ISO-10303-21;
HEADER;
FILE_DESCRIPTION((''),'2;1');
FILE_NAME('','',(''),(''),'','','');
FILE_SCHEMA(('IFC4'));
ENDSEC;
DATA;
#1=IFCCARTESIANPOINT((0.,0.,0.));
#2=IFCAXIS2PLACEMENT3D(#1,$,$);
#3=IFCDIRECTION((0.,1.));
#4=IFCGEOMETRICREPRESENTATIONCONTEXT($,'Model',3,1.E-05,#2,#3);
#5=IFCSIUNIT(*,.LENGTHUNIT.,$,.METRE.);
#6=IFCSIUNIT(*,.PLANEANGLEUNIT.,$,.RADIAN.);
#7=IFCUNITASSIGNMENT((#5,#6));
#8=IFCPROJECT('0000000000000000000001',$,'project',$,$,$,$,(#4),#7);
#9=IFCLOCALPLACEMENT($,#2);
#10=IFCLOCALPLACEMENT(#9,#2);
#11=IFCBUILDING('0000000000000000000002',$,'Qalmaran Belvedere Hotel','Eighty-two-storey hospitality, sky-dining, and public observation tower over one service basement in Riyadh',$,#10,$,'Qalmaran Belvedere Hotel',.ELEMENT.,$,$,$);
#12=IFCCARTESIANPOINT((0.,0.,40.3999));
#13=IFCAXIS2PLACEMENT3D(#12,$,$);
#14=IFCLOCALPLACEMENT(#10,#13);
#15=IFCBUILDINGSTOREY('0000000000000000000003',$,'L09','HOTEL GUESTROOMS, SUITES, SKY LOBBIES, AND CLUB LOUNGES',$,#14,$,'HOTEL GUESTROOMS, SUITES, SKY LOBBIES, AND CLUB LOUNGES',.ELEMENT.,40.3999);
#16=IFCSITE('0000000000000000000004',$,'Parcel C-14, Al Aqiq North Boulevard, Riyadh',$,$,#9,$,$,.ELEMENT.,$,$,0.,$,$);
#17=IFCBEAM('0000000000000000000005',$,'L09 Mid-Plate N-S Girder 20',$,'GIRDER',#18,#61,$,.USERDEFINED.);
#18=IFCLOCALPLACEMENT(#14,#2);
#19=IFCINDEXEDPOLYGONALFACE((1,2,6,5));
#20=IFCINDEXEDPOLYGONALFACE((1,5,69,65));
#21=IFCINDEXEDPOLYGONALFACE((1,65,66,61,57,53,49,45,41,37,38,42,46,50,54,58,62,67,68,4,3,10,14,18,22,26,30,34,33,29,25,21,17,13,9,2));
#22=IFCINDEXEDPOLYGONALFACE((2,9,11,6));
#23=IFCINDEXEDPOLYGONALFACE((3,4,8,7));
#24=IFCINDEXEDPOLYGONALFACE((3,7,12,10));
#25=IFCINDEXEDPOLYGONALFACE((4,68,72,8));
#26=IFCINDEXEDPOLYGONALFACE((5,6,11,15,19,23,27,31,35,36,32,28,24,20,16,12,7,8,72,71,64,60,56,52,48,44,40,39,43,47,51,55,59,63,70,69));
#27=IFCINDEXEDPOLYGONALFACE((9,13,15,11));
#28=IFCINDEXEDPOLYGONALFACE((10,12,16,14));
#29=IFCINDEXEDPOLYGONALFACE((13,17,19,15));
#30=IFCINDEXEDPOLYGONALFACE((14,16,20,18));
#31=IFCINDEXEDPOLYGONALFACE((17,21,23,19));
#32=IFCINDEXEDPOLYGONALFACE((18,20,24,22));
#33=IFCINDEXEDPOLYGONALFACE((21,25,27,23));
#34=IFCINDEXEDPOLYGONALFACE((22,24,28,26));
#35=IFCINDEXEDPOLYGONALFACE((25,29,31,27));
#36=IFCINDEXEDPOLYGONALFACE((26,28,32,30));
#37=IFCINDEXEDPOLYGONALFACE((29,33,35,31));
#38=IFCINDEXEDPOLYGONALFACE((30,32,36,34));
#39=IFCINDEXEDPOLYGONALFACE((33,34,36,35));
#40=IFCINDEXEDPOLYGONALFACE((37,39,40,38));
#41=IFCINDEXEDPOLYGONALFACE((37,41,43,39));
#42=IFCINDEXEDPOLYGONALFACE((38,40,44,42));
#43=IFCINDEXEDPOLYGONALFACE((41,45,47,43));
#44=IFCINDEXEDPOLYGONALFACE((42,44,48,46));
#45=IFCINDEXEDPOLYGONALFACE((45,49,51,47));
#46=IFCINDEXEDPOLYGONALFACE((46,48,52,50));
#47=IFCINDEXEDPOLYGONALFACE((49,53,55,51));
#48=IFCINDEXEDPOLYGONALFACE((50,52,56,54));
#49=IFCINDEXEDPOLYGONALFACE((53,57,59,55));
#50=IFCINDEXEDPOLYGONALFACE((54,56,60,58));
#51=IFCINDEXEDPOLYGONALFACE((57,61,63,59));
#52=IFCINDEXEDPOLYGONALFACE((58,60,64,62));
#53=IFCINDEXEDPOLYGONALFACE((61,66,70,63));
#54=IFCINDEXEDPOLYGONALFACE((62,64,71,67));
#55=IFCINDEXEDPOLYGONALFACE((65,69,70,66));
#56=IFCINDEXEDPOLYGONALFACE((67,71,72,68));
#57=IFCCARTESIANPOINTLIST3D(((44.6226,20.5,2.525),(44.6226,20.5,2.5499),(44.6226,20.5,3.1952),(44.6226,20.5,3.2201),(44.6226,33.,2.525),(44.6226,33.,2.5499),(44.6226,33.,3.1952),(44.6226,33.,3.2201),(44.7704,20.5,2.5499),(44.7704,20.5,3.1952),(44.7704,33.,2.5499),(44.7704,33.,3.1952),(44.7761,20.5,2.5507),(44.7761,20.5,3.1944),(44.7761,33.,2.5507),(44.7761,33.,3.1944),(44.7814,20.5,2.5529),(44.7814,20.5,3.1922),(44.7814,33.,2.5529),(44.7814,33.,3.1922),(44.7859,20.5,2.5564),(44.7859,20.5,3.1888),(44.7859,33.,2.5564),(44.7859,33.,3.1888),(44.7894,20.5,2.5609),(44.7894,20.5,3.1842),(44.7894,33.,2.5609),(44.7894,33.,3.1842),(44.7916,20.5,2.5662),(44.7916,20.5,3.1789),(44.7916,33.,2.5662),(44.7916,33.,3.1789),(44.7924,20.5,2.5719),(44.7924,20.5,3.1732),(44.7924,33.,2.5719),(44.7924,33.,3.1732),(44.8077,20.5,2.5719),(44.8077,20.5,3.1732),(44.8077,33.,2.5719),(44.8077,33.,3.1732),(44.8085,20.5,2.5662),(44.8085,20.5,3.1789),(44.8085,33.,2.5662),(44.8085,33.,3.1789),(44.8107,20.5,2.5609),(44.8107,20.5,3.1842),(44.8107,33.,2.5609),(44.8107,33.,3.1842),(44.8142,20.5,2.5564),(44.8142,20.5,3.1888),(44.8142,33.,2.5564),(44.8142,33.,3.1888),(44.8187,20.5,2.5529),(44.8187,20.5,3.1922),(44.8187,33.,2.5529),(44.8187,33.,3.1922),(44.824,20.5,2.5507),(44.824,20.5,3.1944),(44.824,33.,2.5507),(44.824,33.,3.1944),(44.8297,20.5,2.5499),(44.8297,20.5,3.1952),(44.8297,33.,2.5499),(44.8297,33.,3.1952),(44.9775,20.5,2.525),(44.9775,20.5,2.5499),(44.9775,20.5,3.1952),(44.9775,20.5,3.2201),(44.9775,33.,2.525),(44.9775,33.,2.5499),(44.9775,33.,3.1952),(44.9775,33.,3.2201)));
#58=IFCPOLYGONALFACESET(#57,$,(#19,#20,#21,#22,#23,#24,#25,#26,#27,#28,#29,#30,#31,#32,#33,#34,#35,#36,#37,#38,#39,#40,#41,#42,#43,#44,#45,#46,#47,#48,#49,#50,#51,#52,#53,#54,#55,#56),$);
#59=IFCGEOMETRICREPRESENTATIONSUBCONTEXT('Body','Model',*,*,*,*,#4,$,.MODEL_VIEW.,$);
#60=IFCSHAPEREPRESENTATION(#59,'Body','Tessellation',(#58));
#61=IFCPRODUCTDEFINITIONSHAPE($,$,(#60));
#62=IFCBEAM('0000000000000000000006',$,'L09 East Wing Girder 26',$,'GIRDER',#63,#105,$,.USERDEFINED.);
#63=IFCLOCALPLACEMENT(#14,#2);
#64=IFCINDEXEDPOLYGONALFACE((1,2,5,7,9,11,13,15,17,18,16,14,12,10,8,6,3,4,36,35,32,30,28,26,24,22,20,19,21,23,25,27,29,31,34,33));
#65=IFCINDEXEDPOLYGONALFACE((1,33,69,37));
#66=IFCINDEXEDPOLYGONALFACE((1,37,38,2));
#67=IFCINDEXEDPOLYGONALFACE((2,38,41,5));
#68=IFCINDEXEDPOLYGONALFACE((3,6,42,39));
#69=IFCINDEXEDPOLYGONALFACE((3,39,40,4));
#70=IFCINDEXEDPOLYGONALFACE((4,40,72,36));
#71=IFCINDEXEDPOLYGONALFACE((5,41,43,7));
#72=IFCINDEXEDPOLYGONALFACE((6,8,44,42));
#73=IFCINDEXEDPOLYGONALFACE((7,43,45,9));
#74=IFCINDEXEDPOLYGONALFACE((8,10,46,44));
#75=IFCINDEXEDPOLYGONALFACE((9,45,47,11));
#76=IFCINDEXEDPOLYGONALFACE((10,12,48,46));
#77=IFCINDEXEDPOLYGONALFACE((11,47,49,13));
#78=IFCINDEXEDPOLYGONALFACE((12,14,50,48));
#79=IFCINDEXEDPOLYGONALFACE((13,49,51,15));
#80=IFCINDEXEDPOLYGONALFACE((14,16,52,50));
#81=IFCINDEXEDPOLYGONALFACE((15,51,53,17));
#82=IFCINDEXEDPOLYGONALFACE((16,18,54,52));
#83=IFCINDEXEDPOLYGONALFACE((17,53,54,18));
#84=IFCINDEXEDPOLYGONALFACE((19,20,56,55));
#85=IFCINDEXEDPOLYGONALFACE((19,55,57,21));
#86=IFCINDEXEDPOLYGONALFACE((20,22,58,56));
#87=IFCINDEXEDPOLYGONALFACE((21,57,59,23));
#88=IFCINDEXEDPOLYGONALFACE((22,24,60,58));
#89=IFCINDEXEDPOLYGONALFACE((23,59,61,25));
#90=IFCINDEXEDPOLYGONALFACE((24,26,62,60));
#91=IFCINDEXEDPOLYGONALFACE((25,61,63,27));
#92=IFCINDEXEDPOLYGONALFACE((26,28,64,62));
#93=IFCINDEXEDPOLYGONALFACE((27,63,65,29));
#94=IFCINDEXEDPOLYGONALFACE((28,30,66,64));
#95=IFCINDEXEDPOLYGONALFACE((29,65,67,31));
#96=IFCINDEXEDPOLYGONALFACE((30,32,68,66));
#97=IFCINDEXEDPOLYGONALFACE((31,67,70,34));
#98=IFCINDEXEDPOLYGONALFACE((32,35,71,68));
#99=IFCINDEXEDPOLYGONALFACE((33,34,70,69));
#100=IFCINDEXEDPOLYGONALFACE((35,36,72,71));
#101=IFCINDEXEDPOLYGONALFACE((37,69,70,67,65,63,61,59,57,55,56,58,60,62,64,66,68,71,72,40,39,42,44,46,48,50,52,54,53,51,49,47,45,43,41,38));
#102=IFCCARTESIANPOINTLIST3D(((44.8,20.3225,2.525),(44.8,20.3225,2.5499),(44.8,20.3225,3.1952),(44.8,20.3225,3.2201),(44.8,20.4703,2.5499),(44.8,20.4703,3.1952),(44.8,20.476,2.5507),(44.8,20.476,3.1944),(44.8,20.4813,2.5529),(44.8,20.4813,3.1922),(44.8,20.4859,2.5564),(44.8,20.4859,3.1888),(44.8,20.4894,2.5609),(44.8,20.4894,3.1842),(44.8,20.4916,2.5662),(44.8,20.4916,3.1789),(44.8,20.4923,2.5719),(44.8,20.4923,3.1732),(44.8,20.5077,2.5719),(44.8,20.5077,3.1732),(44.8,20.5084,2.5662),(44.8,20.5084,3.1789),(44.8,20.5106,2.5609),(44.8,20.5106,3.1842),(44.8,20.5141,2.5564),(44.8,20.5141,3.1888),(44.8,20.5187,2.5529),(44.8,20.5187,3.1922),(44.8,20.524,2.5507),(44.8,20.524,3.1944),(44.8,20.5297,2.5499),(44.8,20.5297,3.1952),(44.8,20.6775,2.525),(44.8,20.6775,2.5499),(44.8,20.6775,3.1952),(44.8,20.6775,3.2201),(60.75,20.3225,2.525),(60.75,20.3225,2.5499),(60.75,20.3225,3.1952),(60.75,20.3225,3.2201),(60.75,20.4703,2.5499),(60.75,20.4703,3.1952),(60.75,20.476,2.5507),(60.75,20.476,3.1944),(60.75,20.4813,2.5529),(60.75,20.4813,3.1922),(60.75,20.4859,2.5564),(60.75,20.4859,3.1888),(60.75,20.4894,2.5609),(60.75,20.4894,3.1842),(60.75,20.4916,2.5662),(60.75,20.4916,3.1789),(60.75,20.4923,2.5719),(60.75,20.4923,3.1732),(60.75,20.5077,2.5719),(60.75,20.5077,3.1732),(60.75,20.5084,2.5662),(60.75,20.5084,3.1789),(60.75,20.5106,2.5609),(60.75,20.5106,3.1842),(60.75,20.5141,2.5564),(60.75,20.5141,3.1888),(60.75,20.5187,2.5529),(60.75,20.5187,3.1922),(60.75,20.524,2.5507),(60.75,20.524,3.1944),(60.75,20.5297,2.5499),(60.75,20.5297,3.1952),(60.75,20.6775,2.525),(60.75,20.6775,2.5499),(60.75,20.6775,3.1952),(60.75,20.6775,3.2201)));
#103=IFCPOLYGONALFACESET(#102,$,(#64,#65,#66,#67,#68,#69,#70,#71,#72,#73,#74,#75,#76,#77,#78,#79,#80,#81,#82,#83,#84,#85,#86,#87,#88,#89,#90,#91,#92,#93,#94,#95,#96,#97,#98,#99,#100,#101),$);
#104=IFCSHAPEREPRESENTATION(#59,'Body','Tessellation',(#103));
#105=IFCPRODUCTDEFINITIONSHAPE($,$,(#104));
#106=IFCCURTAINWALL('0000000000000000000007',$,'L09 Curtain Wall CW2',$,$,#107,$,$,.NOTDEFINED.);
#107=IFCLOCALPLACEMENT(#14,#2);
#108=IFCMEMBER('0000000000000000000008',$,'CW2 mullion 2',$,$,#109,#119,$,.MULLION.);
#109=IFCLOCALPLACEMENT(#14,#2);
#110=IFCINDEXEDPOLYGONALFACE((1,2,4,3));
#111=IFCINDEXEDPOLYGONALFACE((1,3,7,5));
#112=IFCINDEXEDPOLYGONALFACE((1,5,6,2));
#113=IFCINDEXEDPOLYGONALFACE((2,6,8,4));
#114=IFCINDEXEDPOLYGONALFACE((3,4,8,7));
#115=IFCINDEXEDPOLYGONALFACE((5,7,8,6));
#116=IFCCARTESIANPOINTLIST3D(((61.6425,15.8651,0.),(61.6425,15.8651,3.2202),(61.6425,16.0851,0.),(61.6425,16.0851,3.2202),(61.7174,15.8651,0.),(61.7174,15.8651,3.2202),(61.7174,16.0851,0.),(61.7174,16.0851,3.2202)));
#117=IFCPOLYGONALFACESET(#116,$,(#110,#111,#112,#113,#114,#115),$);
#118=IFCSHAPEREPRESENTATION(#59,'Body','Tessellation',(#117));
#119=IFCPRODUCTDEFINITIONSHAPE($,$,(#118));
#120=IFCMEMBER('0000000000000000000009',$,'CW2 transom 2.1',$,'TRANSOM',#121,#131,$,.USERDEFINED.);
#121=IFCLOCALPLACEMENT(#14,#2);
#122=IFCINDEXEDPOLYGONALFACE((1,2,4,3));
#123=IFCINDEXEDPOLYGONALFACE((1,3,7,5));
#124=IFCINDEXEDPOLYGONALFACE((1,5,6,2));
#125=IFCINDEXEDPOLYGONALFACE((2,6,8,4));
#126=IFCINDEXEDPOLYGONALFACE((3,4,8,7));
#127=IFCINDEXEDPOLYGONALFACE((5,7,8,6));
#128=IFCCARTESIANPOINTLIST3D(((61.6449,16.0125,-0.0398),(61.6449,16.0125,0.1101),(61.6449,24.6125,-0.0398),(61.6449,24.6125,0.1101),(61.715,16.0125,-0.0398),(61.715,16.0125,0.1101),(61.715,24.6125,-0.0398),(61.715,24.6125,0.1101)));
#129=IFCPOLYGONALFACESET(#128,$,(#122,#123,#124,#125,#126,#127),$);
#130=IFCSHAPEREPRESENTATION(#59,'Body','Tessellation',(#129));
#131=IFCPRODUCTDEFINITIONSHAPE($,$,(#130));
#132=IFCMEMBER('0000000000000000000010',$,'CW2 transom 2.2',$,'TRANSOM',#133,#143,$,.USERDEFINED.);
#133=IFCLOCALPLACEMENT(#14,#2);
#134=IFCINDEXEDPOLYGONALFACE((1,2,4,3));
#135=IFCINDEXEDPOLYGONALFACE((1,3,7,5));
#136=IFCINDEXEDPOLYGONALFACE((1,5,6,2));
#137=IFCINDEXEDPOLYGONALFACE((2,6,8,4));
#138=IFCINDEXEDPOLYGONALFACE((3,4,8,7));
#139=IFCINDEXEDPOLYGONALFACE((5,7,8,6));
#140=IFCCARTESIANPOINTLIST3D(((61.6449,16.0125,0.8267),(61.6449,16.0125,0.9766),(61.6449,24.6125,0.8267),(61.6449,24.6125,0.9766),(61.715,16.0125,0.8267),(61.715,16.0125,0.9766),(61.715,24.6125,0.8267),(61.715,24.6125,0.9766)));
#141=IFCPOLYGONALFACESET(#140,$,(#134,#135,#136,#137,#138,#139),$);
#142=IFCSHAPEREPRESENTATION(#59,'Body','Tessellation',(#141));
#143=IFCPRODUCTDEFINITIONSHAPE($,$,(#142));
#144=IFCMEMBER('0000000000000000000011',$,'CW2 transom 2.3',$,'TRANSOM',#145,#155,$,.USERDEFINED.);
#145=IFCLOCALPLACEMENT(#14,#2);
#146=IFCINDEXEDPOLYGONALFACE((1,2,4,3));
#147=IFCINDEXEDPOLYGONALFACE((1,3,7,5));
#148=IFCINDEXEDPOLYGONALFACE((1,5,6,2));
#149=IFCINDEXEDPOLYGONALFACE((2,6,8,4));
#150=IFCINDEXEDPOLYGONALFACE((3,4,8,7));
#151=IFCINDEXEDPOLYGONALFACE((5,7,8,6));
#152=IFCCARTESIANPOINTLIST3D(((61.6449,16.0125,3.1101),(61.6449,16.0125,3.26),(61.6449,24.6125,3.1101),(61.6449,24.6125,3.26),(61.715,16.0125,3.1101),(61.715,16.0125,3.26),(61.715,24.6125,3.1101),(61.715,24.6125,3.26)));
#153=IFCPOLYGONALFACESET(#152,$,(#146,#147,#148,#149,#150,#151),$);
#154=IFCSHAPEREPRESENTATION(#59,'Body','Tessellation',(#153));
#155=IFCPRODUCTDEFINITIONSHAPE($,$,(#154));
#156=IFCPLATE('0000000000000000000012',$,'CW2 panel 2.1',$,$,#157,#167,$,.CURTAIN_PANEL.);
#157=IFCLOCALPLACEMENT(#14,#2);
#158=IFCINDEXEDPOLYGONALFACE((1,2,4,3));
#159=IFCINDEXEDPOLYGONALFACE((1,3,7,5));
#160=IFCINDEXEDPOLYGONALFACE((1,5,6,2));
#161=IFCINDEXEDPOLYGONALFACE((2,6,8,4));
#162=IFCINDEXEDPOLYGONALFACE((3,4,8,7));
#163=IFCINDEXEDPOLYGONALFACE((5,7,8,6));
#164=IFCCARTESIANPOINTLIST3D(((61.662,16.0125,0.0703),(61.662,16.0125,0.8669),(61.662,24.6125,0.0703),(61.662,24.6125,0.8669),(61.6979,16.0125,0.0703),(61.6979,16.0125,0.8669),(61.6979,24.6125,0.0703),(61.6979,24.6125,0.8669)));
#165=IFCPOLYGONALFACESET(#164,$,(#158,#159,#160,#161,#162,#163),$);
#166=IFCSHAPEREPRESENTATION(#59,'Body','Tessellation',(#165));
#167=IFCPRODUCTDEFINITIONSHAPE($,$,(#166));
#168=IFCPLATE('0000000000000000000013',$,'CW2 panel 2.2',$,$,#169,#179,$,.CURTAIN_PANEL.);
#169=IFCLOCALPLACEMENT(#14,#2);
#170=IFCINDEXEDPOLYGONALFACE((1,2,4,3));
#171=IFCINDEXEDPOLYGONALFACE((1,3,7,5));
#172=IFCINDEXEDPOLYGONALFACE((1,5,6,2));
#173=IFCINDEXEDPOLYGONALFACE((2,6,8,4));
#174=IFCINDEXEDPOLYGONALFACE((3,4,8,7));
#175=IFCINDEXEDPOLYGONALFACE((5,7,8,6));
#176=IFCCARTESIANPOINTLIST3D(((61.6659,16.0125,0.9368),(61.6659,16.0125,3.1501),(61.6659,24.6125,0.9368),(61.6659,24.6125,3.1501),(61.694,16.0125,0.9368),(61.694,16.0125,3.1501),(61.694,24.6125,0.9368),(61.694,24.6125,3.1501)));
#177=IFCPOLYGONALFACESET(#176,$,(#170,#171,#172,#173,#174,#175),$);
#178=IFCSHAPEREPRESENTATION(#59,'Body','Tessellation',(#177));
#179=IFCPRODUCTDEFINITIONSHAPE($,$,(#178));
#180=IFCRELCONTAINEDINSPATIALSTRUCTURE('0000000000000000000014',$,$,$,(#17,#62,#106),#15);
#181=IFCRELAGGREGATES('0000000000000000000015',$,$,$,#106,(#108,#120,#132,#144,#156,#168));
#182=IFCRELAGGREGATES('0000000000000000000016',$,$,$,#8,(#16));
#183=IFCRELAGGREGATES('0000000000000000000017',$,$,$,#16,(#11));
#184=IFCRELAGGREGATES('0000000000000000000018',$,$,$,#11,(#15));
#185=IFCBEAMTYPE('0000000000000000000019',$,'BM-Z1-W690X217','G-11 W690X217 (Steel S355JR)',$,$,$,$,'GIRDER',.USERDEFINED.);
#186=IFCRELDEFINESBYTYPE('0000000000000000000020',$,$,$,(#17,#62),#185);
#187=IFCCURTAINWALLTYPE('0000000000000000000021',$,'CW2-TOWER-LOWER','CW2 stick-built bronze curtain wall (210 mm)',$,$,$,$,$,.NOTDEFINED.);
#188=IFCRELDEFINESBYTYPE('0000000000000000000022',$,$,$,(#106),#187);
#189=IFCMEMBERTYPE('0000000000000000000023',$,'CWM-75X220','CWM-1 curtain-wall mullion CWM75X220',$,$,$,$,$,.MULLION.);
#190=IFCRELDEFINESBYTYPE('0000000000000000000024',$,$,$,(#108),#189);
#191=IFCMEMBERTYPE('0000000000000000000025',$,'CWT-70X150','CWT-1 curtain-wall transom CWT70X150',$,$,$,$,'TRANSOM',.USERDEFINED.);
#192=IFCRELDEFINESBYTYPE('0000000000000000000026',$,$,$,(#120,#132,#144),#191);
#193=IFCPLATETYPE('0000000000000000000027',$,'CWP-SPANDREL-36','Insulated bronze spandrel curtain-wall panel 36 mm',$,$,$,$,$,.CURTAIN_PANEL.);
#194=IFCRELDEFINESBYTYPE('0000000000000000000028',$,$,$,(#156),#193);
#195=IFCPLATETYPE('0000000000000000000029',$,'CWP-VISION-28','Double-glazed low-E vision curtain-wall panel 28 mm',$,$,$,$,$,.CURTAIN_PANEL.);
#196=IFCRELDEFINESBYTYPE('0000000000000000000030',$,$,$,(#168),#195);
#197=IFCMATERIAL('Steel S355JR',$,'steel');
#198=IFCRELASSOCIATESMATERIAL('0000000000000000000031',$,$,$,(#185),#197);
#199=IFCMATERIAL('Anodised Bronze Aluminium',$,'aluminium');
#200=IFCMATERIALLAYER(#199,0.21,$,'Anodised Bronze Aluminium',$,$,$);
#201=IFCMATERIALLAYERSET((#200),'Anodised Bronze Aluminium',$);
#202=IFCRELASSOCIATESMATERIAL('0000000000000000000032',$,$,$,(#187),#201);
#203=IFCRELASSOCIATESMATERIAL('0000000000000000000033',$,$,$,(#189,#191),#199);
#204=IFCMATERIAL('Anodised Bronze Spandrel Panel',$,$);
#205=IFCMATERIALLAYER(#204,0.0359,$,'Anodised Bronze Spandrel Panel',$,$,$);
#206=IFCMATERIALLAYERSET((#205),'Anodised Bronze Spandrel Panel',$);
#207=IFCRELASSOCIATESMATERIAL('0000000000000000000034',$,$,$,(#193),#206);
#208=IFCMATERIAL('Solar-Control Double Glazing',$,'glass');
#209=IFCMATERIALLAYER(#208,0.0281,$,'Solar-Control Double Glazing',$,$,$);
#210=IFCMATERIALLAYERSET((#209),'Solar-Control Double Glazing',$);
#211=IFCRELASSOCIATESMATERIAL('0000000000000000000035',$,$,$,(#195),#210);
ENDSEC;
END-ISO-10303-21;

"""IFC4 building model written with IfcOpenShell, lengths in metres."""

from ifc_helpers import new_model, si_unit, direction, frame, origin, origin_2d, place, context, subcontext, project, spatial, rectangle, i_section, extrude, material, layer, layer_set, material_profile, profile_set, type_object, element, aggregate, save


model = new_model("IFC4")

# Units and contexts
model_context = context("Model", 3, precision=1e-05, world=origin(), true_north=direction((0.0, 1.0)))
body_context = subcontext(model_context, "Body", "Model", "MODEL_VIEW")
ifc_project = project(units=[si_unit("LENGTHUNIT", "METRE"), si_unit("PLANEANGLEUNIT", "RADIAN")], contexts=[model_context])

# Site, building, storey
site_placement = place(None, origin())
site = spatial("IfcSite", under=ifc_project, at=site_placement, Name="Parcel C-14, Al Aqiq North Boulevard, Riyadh", CompositionType="ELEMENT", RefElevation=0.0)
building_placement = place(site_placement, origin())
building = spatial("IfcBuilding", under=site, at=building_placement, Name="Qalmaran Belvedere Hotel", Description="Eighty-two-storey hospitality, sky-dining, and public observation tower over one service basement in Riyadh", LongName="Qalmaran Belvedere Hotel", CompositionType="ELEMENT")
storey_placement = place(building_placement, frame((0.0, 0.0, 40.3999)))
storey = spatial("IfcBuildingStorey", under=building, at=storey_placement, Name="L09", Description="HOTEL GUESTROOMS, SUITES, SKY LOBBIES, AND CLUB LOUNGES", LongName="HOTEL GUESTROOMS, SUITES, SKY LOBBIES, AND CLUB LOUNGES", CompositionType="ELEMENT", Elevation=40.3999)

# Beams
ifc_material_1 = material(Name="Steel S355JR", Category="steel")
ifc_material_profile_1 = material_profile(ifc_material_1, i_section(OverallWidth=0.355, OverallDepth=0.6951, WebThickness=0.0154, FlangeThickness=0.0249, FilletRadius=0.022, at=origin_2d()), Name="W690X217")
ifc_profile_set_1 = profile_set([ifc_material_profile_1], Name="Steel S355JR")
beam_type_1 = type_object("IfcBeamType", Name="BM-Z1-W690X217", Description="G-11 W690X217 (Steel S355JR)", ElementType="GIRDER", PredefinedType="USERDEFINED", material=ifc_profile_set_1)
beam_1_placement = place(storey_placement, frame((44.8, 20.5, 2.8726), z_axis=(0.0, 1.0, 0.0), x_axis=(-1.0, 0.0, 0.0)))
element("IfcBeam", 1, at=beam_1_placement, inside=storey, type_object=beam_type_1, Name="L09 Mid-Plate N-S Girder 20", ObjectType="GIRDER", PredefinedType="USERDEFINED", context=body_context, shape_type="SweptSolid", body=[
    extrude(i_section(OverallWidth=0.355, OverallDepth=0.6951, WebThickness=0.0154, FlangeThickness=0.0249, FilletRadius=0.022, at=origin_2d()), origin(), (0.0, 0.0, 1.0), 12.5),
])
beam_2_placement = place(storey_placement, frame((44.8, 20.5, 2.8726), z_axis=(1.0, 0.0, 0.0), x_axis=(0.0, 1.0, 0.0)))
element("IfcBeam", 2, at=beam_2_placement, inside=storey, type_object=beam_type_1, Name="L09 East Wing Girder 26", ObjectType="GIRDER", PredefinedType="USERDEFINED", context=body_context, shape_type="SweptSolid", body=[
    extrude(i_section(OverallWidth=0.355, OverallDepth=0.6951, WebThickness=0.0154, FlangeThickness=0.0249, FilletRadius=0.022, at=origin_2d()), origin(), (0.0, 0.0, 1.0), 15.95),
])

# Curtain wall, members, plates
ifc_material_2 = material(Name="Anodised Bronze Aluminium", Category="aluminium")
ifc_layer_1 = layer(ifc_material_2, 0.21, Name="Anodised Bronze Aluminium")
ifc_layer_set_1 = layer_set([ifc_layer_1], Name="Anodised Bronze Aluminium")
curtain_wall_type = type_object("IfcCurtainWallType", Name="CW2-TOWER-LOWER", Description="CW2 stick-built bronze curtain wall (210 mm)", PredefinedType="NOTDEFINED", material=ifc_layer_set_1)
curtain_wall_placement = place(storey_placement, origin())
curtain_wall = element("IfcCurtainWall", 3, at=curtain_wall_placement, inside=storey, type_object=curtain_wall_type, Name="L09 Curtain Wall CW2", PredefinedType="NOTDEFINED")
ifc_material_profile_2 = material_profile(ifc_material_2, rectangle(XDim=0.075, YDim=0.22, at=origin_2d()), Name="CWM75X220")
ifc_profile_set_2 = profile_set([ifc_material_profile_2], Name="Anodised Bronze Aluminium")
member_type_1 = type_object("IfcMemberType", Name="CWM-75X220", Description="CWM-1 curtain-wall mullion CWM75X220", PredefinedType="MULLION", material=ifc_profile_set_2)
member_1_placement = place(storey_placement, frame((61.6799, 15.9751, 0.0), z_axis=(0.0, 0.0, 1.0), x_axis=(-1.0, 0.0, 0.0)))
member_1 = element("IfcMember", 4, at=member_1_placement, type_object=member_type_1, Name="CW2 mullion 2", PredefinedType="MULLION", context=body_context, shape_type="SweptSolid", body=[
    extrude(rectangle(XDim=0.075, YDim=0.22, at=origin_2d()), origin(), (0.0, 0.0, 1.0), 3.2202),
])
ifc_material_profile_3 = material_profile(ifc_material_2, rectangle(XDim=0.0701, YDim=0.1499, at=origin_2d()), Name="CWT70X150")
ifc_profile_set_3 = profile_set([ifc_material_profile_3], Name="Anodised Bronze Aluminium")
member_type_2 = type_object("IfcMemberType", Name="CWT-70X150", Description="CWT-1 curtain-wall transom CWT70X150", ElementType="TRANSOM", PredefinedType="USERDEFINED", material=ifc_profile_set_3)
member_2_placement = place(storey_placement, frame((61.6799, 16.0125, 0.0352), z_axis=(0.0, 1.0, 0.0), x_axis=(-1.0, 0.0, 0.0)))
member_2 = element("IfcMember", 5, at=member_2_placement, type_object=member_type_2, Name="CW2 transom 2.1", ObjectType="TRANSOM", PredefinedType="USERDEFINED", context=body_context, shape_type="SweptSolid", body=[
    extrude(rectangle(XDim=0.0701, YDim=0.1499, at=origin_2d()), origin(), (0.0, 0.0, 1.0), 8.6001),
])
member_3_placement = place(storey_placement, frame((61.6799, 16.0125, 0.9016), z_axis=(0.0, 1.0, 0.0), x_axis=(-1.0, 0.0, 0.0)))
member_3 = element("IfcMember", 6, at=member_3_placement, type_object=member_type_2, Name="CW2 transom 2.2", ObjectType="TRANSOM", PredefinedType="USERDEFINED", context=body_context, shape_type="SweptSolid", body=[
    extrude(rectangle(XDim=0.0701, YDim=0.1499, at=origin_2d()), origin(), (0.0, 0.0, 1.0), 8.6001),
])
member_4_placement = place(storey_placement, frame((61.6799, 16.0125, 3.1851), z_axis=(0.0, 1.0, 0.0), x_axis=(-1.0, 0.0, 0.0)))
member_4 = element("IfcMember", 7, at=member_4_placement, type_object=member_type_2, Name="CW2 transom 2.3", ObjectType="TRANSOM", PredefinedType="USERDEFINED", context=body_context, shape_type="SweptSolid", body=[
    extrude(rectangle(XDim=0.0701, YDim=0.1499, at=origin_2d()), origin(), (0.0, 0.0, 1.0), 8.6001),
])
ifc_material_3 = material(Name="Anodised Bronze Spandrel Panel")
ifc_layer_2 = layer(ifc_material_3, 0.0359, Name="Anodised Bronze Spandrel Panel")
ifc_layer_set_2 = layer_set([ifc_layer_2], Name="Anodised Bronze Spandrel Panel")
plate_type_1 = type_object("IfcPlateType", Name="CWP-SPANDREL-36", Description="Insulated bronze spandrel curtain-wall panel 36 mm", PredefinedType="CURTAIN_PANEL", material=ifc_layer_set_2)
plate_1_placement = place(storey_placement, frame((61.6799, 20.3125, 0.0703), z_axis=(0.0, 0.0, 1.0), x_axis=(0.0, 1.0, 0.0)))
plate_1 = element("IfcPlate", 8, at=plate_1_placement, type_object=plate_type_1, Name="CW2 panel 2.1", PredefinedType="CURTAIN_PANEL", context=body_context, shape_type="SweptSolid", body=[
    extrude(rectangle(XDim=8.6001, YDim=0.0359, at=origin_2d()), origin(), (0.0, 0.0, 1.0), 0.7966),
])
ifc_material_4 = material(Name="Solar-Control Double Glazing", Category="glass")
ifc_layer_3 = layer(ifc_material_4, 0.0281, Name="Solar-Control Double Glazing")
ifc_layer_set_3 = layer_set([ifc_layer_3], Name="Solar-Control Double Glazing")
plate_type_2 = type_object("IfcPlateType", Name="CWP-VISION-28", Description="Double-glazed low-E vision curtain-wall panel 28 mm", PredefinedType="CURTAIN_PANEL", material=ifc_layer_set_3)
plate_2_placement = place(storey_placement, frame((61.6799, 20.3125, 0.9368), z_axis=(0.0, 0.0, 1.0), x_axis=(0.0, 1.0, 0.0)))
plate_2 = element("IfcPlate", 9, at=plate_2_placement, type_object=plate_type_2, Name="CW2 panel 2.2", PredefinedType="CURTAIN_PANEL", context=body_context, shape_type="SweptSolid", body=[
    extrude(rectangle(XDim=8.6001, YDim=0.0281, at=origin_2d()), origin(), (0.0, 0.0, 1.0), 2.2134),
])
aggregate(curtain_wall, [member_1, member_2, member_3, member_4, plate_1, plate_2])

save(model, "model.ifc")
